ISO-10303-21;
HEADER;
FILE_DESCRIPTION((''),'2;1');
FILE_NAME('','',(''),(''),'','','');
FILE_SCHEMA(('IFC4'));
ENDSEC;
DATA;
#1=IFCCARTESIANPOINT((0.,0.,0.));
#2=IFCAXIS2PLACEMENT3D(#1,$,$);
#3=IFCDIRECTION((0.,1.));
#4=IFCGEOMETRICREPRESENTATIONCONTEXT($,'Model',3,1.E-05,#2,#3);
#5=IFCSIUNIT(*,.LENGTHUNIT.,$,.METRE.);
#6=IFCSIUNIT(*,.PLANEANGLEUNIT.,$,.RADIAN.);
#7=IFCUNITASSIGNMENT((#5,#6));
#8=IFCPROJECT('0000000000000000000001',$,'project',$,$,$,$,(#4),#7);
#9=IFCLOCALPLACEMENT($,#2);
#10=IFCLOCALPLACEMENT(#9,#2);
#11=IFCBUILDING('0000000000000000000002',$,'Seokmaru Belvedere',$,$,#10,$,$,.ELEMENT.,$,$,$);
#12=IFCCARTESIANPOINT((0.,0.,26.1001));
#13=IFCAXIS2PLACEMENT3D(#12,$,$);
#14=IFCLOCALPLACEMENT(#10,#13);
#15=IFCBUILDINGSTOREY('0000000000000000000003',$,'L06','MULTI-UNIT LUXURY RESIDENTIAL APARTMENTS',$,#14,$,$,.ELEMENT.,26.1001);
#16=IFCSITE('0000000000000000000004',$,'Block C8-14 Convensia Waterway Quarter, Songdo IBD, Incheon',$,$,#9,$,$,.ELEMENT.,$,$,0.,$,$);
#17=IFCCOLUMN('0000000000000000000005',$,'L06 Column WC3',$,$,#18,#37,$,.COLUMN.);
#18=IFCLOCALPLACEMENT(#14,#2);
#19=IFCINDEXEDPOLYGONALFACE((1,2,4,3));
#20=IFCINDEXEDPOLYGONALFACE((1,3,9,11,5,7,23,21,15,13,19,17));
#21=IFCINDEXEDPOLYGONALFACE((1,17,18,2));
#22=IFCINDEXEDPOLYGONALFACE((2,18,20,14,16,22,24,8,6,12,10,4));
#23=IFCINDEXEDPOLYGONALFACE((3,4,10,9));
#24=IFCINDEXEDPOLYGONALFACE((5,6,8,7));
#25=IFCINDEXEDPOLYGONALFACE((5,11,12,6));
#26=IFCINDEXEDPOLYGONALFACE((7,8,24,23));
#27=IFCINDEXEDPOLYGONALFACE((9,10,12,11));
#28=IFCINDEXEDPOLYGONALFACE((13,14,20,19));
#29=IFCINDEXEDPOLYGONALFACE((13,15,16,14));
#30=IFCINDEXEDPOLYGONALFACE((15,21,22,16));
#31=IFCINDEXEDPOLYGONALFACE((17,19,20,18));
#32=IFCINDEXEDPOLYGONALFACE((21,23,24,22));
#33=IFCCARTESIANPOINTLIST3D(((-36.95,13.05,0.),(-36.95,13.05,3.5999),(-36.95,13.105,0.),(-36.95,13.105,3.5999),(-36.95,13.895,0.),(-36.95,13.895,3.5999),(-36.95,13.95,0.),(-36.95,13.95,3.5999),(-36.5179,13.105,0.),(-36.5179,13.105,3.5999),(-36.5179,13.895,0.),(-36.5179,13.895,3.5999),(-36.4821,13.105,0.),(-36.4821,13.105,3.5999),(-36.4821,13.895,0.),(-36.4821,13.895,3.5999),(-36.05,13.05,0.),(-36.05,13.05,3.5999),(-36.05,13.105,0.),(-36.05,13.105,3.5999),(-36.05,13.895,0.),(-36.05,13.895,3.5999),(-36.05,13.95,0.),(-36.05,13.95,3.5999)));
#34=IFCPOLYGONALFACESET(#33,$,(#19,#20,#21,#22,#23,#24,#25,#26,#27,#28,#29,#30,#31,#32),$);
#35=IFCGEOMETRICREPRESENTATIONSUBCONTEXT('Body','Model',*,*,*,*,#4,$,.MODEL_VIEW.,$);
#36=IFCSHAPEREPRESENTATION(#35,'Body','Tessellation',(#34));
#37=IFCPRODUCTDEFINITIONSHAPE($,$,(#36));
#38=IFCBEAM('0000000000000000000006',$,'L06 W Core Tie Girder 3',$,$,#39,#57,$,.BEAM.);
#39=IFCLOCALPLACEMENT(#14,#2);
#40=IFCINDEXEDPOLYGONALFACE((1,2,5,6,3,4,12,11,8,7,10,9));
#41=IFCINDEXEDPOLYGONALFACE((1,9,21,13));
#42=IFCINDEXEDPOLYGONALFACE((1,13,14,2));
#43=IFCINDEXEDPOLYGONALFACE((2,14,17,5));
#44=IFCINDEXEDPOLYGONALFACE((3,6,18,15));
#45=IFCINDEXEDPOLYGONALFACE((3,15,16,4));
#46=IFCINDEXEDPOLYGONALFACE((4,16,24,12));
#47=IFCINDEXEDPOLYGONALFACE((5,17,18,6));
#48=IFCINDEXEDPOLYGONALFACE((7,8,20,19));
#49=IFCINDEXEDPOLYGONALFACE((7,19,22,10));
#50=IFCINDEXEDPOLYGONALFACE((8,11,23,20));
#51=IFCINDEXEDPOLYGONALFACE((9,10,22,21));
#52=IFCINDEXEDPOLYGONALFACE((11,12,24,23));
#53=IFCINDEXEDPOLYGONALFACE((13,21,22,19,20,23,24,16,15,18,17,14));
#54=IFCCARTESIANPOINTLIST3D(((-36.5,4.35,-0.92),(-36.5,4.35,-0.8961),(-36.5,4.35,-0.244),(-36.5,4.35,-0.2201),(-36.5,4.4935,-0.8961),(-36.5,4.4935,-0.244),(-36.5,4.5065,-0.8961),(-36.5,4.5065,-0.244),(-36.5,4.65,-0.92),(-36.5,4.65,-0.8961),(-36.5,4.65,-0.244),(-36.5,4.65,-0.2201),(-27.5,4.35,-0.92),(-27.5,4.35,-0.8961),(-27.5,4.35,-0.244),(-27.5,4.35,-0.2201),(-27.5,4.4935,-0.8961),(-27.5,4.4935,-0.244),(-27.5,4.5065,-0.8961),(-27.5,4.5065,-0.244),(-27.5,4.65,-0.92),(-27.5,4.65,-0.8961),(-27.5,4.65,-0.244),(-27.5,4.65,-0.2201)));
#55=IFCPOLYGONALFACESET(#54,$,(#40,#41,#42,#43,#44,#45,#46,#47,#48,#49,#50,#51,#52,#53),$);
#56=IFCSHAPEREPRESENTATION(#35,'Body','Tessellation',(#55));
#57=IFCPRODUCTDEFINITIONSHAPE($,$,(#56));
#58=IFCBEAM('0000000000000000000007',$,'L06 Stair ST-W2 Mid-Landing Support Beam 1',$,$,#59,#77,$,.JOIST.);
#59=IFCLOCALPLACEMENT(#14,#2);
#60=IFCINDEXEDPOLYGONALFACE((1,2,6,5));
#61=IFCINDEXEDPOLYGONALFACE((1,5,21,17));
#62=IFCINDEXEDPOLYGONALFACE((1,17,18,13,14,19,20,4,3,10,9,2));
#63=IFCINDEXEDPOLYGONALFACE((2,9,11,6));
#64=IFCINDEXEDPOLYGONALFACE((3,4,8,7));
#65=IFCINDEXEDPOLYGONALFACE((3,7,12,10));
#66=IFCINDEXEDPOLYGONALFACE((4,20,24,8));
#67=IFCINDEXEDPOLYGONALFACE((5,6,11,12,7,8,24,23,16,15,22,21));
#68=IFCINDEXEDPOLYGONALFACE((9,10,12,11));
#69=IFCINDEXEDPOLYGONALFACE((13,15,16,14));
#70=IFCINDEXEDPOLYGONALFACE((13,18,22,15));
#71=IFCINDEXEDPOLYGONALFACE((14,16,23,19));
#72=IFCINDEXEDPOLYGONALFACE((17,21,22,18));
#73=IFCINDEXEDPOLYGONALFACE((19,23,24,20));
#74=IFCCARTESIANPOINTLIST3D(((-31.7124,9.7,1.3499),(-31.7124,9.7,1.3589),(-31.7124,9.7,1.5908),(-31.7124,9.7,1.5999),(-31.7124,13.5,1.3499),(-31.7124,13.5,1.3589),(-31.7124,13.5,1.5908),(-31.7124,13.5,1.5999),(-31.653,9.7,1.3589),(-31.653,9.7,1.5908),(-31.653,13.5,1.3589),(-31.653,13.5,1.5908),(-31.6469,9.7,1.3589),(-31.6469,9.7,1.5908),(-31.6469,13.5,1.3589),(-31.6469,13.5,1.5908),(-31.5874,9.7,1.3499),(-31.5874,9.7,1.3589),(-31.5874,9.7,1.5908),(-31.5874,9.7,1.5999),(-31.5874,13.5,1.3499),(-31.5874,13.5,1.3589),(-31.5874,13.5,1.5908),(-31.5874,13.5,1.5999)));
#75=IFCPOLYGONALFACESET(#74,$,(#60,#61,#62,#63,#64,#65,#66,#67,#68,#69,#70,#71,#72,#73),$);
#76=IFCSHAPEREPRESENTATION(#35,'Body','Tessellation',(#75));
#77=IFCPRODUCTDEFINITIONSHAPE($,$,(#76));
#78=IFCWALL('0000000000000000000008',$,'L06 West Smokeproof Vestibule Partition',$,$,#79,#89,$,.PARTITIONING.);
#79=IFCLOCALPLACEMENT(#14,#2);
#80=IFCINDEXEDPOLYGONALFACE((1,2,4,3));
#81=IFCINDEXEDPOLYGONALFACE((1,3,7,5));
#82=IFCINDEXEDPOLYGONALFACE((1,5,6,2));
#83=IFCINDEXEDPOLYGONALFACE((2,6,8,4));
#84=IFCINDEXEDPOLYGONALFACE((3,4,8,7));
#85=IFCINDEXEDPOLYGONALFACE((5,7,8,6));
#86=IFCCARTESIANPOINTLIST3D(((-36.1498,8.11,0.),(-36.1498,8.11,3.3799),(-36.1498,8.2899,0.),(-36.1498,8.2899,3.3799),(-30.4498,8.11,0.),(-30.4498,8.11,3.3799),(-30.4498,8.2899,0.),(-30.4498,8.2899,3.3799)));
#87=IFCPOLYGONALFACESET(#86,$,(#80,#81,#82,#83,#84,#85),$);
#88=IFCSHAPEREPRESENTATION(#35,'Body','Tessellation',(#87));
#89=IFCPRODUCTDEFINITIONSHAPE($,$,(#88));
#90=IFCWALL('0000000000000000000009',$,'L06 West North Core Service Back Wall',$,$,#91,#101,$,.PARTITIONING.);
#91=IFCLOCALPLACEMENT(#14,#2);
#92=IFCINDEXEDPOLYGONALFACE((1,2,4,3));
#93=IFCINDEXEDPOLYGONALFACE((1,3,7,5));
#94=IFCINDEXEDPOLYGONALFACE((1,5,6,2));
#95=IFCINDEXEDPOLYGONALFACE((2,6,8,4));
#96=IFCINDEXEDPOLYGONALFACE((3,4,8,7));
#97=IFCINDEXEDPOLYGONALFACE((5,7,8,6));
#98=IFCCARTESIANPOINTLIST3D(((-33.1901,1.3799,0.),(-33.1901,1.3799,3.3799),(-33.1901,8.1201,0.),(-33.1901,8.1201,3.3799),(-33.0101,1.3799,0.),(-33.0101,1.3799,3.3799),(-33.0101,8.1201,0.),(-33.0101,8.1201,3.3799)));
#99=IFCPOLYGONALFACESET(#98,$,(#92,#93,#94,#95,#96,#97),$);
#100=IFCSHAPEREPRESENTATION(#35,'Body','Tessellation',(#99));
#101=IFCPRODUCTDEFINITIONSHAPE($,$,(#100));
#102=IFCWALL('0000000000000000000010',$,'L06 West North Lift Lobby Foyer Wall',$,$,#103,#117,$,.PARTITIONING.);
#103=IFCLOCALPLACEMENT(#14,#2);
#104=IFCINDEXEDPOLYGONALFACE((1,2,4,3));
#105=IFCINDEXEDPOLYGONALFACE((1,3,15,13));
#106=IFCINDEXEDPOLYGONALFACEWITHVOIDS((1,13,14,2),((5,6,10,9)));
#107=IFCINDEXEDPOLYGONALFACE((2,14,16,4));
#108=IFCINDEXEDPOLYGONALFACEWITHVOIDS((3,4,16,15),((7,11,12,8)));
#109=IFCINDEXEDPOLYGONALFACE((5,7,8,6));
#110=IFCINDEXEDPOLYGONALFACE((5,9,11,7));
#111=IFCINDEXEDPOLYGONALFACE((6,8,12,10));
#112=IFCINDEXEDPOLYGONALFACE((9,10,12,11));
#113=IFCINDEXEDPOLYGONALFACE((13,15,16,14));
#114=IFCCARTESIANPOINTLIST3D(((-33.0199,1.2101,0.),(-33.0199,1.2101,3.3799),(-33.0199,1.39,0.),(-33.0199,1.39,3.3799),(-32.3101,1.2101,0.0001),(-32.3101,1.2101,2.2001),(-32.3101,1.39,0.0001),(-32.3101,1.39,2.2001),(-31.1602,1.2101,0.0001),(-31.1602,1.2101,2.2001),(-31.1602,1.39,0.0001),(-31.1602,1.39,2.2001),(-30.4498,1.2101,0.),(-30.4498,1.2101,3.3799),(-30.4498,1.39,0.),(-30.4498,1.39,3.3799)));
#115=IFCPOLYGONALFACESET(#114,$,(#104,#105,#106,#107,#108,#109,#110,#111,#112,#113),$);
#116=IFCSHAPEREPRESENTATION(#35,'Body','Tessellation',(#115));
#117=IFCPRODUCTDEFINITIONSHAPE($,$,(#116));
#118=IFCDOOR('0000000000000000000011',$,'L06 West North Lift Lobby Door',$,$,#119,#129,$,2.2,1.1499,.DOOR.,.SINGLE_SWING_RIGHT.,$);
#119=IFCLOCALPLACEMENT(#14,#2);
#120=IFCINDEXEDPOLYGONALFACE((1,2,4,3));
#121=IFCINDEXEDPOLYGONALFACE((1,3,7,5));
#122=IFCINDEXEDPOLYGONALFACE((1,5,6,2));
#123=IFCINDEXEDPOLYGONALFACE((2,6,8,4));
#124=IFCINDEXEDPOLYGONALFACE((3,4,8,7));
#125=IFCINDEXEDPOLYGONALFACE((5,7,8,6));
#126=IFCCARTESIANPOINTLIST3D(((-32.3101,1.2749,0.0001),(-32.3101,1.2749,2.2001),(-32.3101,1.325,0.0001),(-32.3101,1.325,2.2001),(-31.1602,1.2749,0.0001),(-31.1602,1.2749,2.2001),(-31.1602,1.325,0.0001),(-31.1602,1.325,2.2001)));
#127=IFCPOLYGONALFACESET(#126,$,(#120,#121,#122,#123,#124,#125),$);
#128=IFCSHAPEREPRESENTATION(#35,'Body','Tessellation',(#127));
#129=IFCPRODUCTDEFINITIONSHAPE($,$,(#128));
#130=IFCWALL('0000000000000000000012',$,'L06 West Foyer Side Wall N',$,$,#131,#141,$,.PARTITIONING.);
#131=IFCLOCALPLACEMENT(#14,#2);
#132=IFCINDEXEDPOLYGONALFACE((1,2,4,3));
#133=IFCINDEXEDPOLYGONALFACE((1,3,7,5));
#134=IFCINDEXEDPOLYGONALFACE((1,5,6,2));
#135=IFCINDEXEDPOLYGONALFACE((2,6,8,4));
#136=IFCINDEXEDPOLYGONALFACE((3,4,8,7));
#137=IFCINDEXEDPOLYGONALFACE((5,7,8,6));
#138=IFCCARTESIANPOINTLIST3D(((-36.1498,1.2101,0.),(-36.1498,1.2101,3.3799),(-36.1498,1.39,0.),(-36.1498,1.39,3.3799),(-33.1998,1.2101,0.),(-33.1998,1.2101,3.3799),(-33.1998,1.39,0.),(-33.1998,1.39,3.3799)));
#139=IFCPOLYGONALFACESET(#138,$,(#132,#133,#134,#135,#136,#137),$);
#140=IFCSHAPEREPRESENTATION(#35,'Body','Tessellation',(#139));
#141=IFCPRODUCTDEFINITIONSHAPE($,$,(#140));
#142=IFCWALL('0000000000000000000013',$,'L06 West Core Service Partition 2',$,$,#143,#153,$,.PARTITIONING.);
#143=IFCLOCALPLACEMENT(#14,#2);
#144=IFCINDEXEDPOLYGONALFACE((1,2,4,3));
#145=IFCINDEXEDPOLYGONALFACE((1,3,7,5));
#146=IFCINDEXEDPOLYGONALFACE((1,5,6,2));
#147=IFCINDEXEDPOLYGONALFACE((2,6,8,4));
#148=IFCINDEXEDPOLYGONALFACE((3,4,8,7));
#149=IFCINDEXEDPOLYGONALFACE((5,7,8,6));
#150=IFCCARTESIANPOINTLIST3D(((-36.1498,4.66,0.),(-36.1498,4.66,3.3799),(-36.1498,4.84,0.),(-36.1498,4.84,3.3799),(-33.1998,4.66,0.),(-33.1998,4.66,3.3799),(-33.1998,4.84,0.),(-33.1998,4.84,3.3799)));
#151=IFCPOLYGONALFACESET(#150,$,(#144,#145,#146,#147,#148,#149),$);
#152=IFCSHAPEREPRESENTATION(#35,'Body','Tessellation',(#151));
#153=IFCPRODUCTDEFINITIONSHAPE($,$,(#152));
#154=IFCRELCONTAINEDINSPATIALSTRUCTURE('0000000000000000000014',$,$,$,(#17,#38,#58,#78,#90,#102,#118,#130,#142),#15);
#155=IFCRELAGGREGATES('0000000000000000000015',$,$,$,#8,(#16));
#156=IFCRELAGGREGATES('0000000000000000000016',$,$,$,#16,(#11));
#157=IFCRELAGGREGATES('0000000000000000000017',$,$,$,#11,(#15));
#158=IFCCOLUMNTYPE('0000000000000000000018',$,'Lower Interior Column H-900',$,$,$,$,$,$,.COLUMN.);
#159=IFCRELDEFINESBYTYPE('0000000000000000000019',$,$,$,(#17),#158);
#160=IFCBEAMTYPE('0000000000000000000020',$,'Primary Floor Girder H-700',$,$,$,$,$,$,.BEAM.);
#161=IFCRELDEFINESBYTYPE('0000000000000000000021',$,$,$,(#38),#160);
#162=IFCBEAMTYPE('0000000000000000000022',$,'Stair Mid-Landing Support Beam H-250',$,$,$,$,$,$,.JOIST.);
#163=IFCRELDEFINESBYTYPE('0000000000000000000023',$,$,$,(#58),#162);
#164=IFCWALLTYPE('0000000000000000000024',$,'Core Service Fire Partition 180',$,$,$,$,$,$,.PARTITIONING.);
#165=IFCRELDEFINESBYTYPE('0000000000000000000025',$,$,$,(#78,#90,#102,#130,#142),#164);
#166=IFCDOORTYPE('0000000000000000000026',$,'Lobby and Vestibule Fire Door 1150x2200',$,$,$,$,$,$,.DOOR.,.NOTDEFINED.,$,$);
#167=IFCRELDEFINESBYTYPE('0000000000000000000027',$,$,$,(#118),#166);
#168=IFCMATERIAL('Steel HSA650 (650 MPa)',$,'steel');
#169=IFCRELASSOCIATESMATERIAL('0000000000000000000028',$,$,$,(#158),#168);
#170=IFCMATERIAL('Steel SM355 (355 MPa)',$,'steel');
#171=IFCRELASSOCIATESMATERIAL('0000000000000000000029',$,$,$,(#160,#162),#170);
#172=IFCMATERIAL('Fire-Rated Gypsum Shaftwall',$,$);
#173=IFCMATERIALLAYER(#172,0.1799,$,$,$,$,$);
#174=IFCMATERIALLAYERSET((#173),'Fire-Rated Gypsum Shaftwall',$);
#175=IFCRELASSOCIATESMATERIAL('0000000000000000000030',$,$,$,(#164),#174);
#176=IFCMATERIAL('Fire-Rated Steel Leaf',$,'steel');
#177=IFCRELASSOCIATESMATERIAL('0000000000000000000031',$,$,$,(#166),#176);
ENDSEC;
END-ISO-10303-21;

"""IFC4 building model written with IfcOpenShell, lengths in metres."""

from ifc_helpers import new_model, si_unit, direction, frame, frame_2d, origin, origin_2d, place, context, subcontext, project, spatial, rectangle, i_section, extrude, source, transform, mapped, material, layer, layer_set, material_profile, profile_set, type_object, type_shapes, element, fill, save


model = new_model("IFC4")

# Units and contexts
model_context = context("Model", 3, precision=1e-05, world=origin(), true_north=direction((0.0, 1.0)))
body_context = subcontext(model_context, "Body", "Model", "MODEL_VIEW")
ifc_project = project(units=[si_unit("LENGTHUNIT", "METRE"), si_unit("PLANEANGLEUNIT", "RADIAN")], contexts=[model_context])

# Site, building, storey
site_placement = place(None, origin())
site = spatial("IfcSite", under=ifc_project, at=site_placement, Name="Block C8-14 Convensia Waterway Quarter, Songdo IBD, Incheon", CompositionType="ELEMENT", RefElevation=0.0)
building_placement = place(site_placement, origin())
building = spatial("IfcBuilding", under=site, at=building_placement, Name="Seokmaru Belvedere", CompositionType="ELEMENT")
storey_placement = place(building_placement, frame((0.0, 0.0, 26.1001)))
storey = spatial("IfcBuildingStorey", under=building, at=storey_placement, Name="L06", Description="MULTI-UNIT LUXURY RESIDENTIAL APARTMENTS", CompositionType="ELEMENT", Elevation=26.1001)

# Column
ifc_material_1 = material(Name="Steel HSA650 (650 MPa)", Category="steel")
ifc_material_profile_1 = material_profile(ifc_material_1, i_section(OverallWidth=0.8999, OverallDepth=0.8999, WebThickness=0.0359, FlangeThickness=0.0549, at=origin_2d()), Name="H-900x900x36x55")
ifc_profile_set_1 = profile_set([ifc_material_profile_1], Name="Steel HSA650 (650 MPa)")
column_type = type_object("IfcColumnType", Name="Lower Interior Column H-900", PredefinedType="COLUMN", material=ifc_profile_set_1)
shared_shape_1 = source(origin(), body_context, "Body", "SweptSolid", [
    extrude(i_section(OverallWidth=0.8999, OverallDepth=0.8999, WebThickness=0.0359, FlangeThickness=0.0549, at=origin_2d()), origin(), (0.0, 0.0, 1.0), 3.5999),
])
type_shapes(column_type, [shared_shape_1])
column_placement = place(storey_placement, frame((-36.5, 13.5, 0.0), z_axis=(0.0, 0.0, 1.0), x_axis=(1.0, 0.0, 0.0)))
element("IfcColumn", 1, at=column_placement, inside=storey, type_object=column_type, Name="L06 Column WC3", PredefinedType="COLUMN", context=body_context, shape_type="MappedRepresentation", body=[
    mapped(shared_shape_1, transform((0.0, 0.0, 0.0), scale=1.0)),
])

# Beams
ifc_material_2 = material(Name="Steel SM355 (355 MPa)", Category="steel")
ifc_material_profile_2 = material_profile(ifc_material_2, i_section(OverallWidth=0.3, OverallDepth=0.7, WebThickness=0.0129, FlangeThickness=0.0239, at=origin_2d()), Name="H-700x300x13x24")
ifc_profile_set_2 = profile_set([ifc_material_profile_2], Name="Steel SM355 (355 MPa)")
beam_type_1 = type_object("IfcBeamType", Name="Primary Floor Girder H-700", PredefinedType="BEAM", material=ifc_profile_set_2)
shared_shape_2 = source(origin(), body_context, "Body", "SweptSolid", [
    extrude(i_section(OverallWidth=0.3, OverallDepth=0.7, WebThickness=0.0129, FlangeThickness=0.0239, at=origin_2d()), origin(), (0.0, 0.0, 1.0), 9.0),
])
type_shapes(beam_type_1, [shared_shape_2])
beam_1_placement = place(storey_placement, frame((-36.5, 4.5, -0.5701), z_axis=(1.0, 0.0, 0.0), x_axis=(0.0, 1.0, 0.0)))
element("IfcBeam", 2, at=beam_1_placement, inside=storey, type_object=beam_type_1, Name="L06 W Core Tie Girder 3", PredefinedType="BEAM", context=body_context, shape_type="MappedRepresentation", body=[
    mapped(shared_shape_2, transform((0.0, 0.0, 0.0), scale=1.0)),
])
ifc_material_profile_3 = material_profile(ifc_material_2, i_section(OverallWidth=0.125, OverallDepth=0.25, WebThickness=0.0061, FlangeThickness=0.009, at=origin_2d()), Name="H-250x125x6x9")
ifc_profile_set_3 = profile_set([ifc_material_profile_3], Name="Steel SM355 (355 MPa)")
beam_type_2 = type_object("IfcBeamType", Name="Stair Mid-Landing Support Beam H-250", PredefinedType="JOIST", material=ifc_profile_set_3)
shared_shape_3 = source(origin(), body_context, "Body", "SweptSolid", [
    extrude(i_section(OverallWidth=0.125, OverallDepth=0.25, WebThickness=0.0061, FlangeThickness=0.009, at=origin_2d()), origin(), (0.0, 0.0, 1.0), 3.8),
])
type_shapes(beam_type_2, [shared_shape_3])
beam_2_placement = place(storey_placement, frame((-31.6499, 9.7, 1.4749), z_axis=(0.0, 1.0, 0.0), x_axis=(-1.0, 0.0, 0.0)))
element("IfcBeam", 3, at=beam_2_placement, inside=storey, type_object=beam_type_2, Name="L06 Stair ST-W2 Mid-Landing Support Beam 1", PredefinedType="JOIST", context=body_context, shape_type="MappedRepresentation", body=[
    mapped(shared_shape_3, transform((0.0, 0.0, 0.0), scale=1.0)),
])

# Walls
ifc_material_3 = material(Name="Fire-Rated Gypsum Shaftwall")
ifc_layer_1 = layer(ifc_material_3, 0.1799)
ifc_layer_set_1 = layer_set([ifc_layer_1], Name="Fire-Rated Gypsum Shaftwall")
wall_type_1 = type_object("IfcWallType", Name="Core Service Fire Partition 180", PredefinedType="PARTITIONING", material=ifc_layer_set_1)
wall_1_placement = place(storey_placement, frame((-36.1499, 8.2, 0.0), z_axis=(0.0, 0.0, 1.0), x_axis=(1.0, 0.0, 0.0)))
element("IfcWall", 4, at=wall_1_placement, inside=storey, type_object=wall_type_1, Name="L06 West Smokeproof Vestibule Partition", PredefinedType="PARTITIONING", context=body_context, shape_type="SweptSolid", body=[
    extrude(rectangle(XDim=5.7, YDim=0.1799, at=frame_2d((2.8501, 0.0))), origin(), (0.0, 0.0, 1.0), 3.3799),
])
wall_2_placement = place(storey_placement, frame((-33.1001, 1.3799, 0.0), z_axis=(0.0, 0.0, 1.0), x_axis=(0.0, 1.0, 0.0)))
element("IfcWall", 5, at=wall_2_placement, inside=storey, type_object=wall_type_1, Name="L06 West North Core Service Back Wall", PredefinedType="PARTITIONING", context=body_context, shape_type="SweptSolid", body=[
    extrude(rectangle(XDim=6.7402, YDim=0.1799, at=frame_2d((3.3701, 0.0))), origin(), (0.0, 0.0, 1.0), 3.3799),
])

# Wall, opening, door
wall_3_placement = place(storey_placement, frame((-33.02, 1.3, 0.0), z_axis=(0.0, 0.0, 1.0), x_axis=(1.0, 0.0, 0.0)))
wall_3 = element("IfcWall", 6, at=wall_3_placement, inside=storey, type_object=wall_type_1, Name="L06 West North Lift Lobby Foyer Wall", PredefinedType="PARTITIONING", context=body_context, shape_type="SweptSolid", body=[
    extrude(rectangle(XDim=2.5701, YDim=0.1799, at=frame_2d((1.2852, 0.0))), origin(), (0.0, 0.0, 1.0), 3.3799),
])
opening_1_placement = place(wall_3_placement, frame((0.71, 0.0, 0.0)))
opening_1 = element("IfcOpeningElement", 7, at=opening_1_placement, cuts=wall_3, PredefinedType="OPENING", context=body_context, shape_type="SweptSolid", body=[
    extrude(rectangle(XDim=1.1499, YDim=2.2, at=frame_2d((0.575, 1.1001))), frame((0.0, 0.1001, 0.0), z_axis=(0.0, -1.0, 0.0), x_axis=(1.0, 0.0, 0.0)), (0.0, 0.0, 1.0), 0.2),
])
ifc_material_4 = material(Name="Fire-Rated Steel Leaf", Category="steel")
door_type_1 = type_object("IfcDoorType", Name="Lobby and Vestibule Fire Door 1150x2200", OperationType="NOTDEFINED", PredefinedType="DOOR", material=ifc_material_4)
shared_shape_4 = source(origin(), body_context, "Body", "SweptSolid", [
    extrude(rectangle(XDim=1.1499, YDim=2.2, at=frame_2d((0.575, 1.1001))), frame((0.0, 0.0249, 0.0), z_axis=(0.0, -1.0, 0.0), x_axis=(1.0, 0.0, 0.0)), (0.0, 0.0, 1.0), 0.05),
])
type_shapes(door_type_1, [shared_shape_4])
door_1_placement = place(opening_1_placement, origin())
door_1 = element("IfcDoor", 8, at=door_1_placement, inside=storey, type_object=door_type_1, Name="L06 West North Lift Lobby Door", OperationType="SINGLE_SWING_RIGHT", OverallHeight=2.2, OverallWidth=1.1499, PredefinedType="DOOR", context=body_context, shape_type="MappedRepresentation", body=[
    mapped(shared_shape_4, transform((0.0, 0.0, 0.0), scale=1.0)),
])
fill(opening_1, door_1)

# Walls
for number, where, z_axis, x_axis, name in (
    (9, (-36.1499, 1.3, 0.0), (0.0, 0.0, 1.0), (1.0, 0.0, 0.0), "L06 West Foyer Side Wall N"),
    (10, (-36.1499, 4.75, 0.0), (0.0, 0.0, 1.0), (1.0, 0.0, 0.0), "L06 West Core Service Partition 2"),
):
    element("IfcWall", number, at=place(storey_placement, frame(where, z_axis=z_axis, x_axis=x_axis)), inside=storey, type_object=wall_type_1, Name=name, PredefinedType="PARTITIONING", context=body_context, shape_type="SweptSolid", body=[
        extrude(rectangle(XDim=2.95, YDim=0.1799, at=frame_2d((1.4751, 0.0))), origin(), (0.0, 0.0, 1.0), 3.3799),
    ])

save(model, "model.ifc")
